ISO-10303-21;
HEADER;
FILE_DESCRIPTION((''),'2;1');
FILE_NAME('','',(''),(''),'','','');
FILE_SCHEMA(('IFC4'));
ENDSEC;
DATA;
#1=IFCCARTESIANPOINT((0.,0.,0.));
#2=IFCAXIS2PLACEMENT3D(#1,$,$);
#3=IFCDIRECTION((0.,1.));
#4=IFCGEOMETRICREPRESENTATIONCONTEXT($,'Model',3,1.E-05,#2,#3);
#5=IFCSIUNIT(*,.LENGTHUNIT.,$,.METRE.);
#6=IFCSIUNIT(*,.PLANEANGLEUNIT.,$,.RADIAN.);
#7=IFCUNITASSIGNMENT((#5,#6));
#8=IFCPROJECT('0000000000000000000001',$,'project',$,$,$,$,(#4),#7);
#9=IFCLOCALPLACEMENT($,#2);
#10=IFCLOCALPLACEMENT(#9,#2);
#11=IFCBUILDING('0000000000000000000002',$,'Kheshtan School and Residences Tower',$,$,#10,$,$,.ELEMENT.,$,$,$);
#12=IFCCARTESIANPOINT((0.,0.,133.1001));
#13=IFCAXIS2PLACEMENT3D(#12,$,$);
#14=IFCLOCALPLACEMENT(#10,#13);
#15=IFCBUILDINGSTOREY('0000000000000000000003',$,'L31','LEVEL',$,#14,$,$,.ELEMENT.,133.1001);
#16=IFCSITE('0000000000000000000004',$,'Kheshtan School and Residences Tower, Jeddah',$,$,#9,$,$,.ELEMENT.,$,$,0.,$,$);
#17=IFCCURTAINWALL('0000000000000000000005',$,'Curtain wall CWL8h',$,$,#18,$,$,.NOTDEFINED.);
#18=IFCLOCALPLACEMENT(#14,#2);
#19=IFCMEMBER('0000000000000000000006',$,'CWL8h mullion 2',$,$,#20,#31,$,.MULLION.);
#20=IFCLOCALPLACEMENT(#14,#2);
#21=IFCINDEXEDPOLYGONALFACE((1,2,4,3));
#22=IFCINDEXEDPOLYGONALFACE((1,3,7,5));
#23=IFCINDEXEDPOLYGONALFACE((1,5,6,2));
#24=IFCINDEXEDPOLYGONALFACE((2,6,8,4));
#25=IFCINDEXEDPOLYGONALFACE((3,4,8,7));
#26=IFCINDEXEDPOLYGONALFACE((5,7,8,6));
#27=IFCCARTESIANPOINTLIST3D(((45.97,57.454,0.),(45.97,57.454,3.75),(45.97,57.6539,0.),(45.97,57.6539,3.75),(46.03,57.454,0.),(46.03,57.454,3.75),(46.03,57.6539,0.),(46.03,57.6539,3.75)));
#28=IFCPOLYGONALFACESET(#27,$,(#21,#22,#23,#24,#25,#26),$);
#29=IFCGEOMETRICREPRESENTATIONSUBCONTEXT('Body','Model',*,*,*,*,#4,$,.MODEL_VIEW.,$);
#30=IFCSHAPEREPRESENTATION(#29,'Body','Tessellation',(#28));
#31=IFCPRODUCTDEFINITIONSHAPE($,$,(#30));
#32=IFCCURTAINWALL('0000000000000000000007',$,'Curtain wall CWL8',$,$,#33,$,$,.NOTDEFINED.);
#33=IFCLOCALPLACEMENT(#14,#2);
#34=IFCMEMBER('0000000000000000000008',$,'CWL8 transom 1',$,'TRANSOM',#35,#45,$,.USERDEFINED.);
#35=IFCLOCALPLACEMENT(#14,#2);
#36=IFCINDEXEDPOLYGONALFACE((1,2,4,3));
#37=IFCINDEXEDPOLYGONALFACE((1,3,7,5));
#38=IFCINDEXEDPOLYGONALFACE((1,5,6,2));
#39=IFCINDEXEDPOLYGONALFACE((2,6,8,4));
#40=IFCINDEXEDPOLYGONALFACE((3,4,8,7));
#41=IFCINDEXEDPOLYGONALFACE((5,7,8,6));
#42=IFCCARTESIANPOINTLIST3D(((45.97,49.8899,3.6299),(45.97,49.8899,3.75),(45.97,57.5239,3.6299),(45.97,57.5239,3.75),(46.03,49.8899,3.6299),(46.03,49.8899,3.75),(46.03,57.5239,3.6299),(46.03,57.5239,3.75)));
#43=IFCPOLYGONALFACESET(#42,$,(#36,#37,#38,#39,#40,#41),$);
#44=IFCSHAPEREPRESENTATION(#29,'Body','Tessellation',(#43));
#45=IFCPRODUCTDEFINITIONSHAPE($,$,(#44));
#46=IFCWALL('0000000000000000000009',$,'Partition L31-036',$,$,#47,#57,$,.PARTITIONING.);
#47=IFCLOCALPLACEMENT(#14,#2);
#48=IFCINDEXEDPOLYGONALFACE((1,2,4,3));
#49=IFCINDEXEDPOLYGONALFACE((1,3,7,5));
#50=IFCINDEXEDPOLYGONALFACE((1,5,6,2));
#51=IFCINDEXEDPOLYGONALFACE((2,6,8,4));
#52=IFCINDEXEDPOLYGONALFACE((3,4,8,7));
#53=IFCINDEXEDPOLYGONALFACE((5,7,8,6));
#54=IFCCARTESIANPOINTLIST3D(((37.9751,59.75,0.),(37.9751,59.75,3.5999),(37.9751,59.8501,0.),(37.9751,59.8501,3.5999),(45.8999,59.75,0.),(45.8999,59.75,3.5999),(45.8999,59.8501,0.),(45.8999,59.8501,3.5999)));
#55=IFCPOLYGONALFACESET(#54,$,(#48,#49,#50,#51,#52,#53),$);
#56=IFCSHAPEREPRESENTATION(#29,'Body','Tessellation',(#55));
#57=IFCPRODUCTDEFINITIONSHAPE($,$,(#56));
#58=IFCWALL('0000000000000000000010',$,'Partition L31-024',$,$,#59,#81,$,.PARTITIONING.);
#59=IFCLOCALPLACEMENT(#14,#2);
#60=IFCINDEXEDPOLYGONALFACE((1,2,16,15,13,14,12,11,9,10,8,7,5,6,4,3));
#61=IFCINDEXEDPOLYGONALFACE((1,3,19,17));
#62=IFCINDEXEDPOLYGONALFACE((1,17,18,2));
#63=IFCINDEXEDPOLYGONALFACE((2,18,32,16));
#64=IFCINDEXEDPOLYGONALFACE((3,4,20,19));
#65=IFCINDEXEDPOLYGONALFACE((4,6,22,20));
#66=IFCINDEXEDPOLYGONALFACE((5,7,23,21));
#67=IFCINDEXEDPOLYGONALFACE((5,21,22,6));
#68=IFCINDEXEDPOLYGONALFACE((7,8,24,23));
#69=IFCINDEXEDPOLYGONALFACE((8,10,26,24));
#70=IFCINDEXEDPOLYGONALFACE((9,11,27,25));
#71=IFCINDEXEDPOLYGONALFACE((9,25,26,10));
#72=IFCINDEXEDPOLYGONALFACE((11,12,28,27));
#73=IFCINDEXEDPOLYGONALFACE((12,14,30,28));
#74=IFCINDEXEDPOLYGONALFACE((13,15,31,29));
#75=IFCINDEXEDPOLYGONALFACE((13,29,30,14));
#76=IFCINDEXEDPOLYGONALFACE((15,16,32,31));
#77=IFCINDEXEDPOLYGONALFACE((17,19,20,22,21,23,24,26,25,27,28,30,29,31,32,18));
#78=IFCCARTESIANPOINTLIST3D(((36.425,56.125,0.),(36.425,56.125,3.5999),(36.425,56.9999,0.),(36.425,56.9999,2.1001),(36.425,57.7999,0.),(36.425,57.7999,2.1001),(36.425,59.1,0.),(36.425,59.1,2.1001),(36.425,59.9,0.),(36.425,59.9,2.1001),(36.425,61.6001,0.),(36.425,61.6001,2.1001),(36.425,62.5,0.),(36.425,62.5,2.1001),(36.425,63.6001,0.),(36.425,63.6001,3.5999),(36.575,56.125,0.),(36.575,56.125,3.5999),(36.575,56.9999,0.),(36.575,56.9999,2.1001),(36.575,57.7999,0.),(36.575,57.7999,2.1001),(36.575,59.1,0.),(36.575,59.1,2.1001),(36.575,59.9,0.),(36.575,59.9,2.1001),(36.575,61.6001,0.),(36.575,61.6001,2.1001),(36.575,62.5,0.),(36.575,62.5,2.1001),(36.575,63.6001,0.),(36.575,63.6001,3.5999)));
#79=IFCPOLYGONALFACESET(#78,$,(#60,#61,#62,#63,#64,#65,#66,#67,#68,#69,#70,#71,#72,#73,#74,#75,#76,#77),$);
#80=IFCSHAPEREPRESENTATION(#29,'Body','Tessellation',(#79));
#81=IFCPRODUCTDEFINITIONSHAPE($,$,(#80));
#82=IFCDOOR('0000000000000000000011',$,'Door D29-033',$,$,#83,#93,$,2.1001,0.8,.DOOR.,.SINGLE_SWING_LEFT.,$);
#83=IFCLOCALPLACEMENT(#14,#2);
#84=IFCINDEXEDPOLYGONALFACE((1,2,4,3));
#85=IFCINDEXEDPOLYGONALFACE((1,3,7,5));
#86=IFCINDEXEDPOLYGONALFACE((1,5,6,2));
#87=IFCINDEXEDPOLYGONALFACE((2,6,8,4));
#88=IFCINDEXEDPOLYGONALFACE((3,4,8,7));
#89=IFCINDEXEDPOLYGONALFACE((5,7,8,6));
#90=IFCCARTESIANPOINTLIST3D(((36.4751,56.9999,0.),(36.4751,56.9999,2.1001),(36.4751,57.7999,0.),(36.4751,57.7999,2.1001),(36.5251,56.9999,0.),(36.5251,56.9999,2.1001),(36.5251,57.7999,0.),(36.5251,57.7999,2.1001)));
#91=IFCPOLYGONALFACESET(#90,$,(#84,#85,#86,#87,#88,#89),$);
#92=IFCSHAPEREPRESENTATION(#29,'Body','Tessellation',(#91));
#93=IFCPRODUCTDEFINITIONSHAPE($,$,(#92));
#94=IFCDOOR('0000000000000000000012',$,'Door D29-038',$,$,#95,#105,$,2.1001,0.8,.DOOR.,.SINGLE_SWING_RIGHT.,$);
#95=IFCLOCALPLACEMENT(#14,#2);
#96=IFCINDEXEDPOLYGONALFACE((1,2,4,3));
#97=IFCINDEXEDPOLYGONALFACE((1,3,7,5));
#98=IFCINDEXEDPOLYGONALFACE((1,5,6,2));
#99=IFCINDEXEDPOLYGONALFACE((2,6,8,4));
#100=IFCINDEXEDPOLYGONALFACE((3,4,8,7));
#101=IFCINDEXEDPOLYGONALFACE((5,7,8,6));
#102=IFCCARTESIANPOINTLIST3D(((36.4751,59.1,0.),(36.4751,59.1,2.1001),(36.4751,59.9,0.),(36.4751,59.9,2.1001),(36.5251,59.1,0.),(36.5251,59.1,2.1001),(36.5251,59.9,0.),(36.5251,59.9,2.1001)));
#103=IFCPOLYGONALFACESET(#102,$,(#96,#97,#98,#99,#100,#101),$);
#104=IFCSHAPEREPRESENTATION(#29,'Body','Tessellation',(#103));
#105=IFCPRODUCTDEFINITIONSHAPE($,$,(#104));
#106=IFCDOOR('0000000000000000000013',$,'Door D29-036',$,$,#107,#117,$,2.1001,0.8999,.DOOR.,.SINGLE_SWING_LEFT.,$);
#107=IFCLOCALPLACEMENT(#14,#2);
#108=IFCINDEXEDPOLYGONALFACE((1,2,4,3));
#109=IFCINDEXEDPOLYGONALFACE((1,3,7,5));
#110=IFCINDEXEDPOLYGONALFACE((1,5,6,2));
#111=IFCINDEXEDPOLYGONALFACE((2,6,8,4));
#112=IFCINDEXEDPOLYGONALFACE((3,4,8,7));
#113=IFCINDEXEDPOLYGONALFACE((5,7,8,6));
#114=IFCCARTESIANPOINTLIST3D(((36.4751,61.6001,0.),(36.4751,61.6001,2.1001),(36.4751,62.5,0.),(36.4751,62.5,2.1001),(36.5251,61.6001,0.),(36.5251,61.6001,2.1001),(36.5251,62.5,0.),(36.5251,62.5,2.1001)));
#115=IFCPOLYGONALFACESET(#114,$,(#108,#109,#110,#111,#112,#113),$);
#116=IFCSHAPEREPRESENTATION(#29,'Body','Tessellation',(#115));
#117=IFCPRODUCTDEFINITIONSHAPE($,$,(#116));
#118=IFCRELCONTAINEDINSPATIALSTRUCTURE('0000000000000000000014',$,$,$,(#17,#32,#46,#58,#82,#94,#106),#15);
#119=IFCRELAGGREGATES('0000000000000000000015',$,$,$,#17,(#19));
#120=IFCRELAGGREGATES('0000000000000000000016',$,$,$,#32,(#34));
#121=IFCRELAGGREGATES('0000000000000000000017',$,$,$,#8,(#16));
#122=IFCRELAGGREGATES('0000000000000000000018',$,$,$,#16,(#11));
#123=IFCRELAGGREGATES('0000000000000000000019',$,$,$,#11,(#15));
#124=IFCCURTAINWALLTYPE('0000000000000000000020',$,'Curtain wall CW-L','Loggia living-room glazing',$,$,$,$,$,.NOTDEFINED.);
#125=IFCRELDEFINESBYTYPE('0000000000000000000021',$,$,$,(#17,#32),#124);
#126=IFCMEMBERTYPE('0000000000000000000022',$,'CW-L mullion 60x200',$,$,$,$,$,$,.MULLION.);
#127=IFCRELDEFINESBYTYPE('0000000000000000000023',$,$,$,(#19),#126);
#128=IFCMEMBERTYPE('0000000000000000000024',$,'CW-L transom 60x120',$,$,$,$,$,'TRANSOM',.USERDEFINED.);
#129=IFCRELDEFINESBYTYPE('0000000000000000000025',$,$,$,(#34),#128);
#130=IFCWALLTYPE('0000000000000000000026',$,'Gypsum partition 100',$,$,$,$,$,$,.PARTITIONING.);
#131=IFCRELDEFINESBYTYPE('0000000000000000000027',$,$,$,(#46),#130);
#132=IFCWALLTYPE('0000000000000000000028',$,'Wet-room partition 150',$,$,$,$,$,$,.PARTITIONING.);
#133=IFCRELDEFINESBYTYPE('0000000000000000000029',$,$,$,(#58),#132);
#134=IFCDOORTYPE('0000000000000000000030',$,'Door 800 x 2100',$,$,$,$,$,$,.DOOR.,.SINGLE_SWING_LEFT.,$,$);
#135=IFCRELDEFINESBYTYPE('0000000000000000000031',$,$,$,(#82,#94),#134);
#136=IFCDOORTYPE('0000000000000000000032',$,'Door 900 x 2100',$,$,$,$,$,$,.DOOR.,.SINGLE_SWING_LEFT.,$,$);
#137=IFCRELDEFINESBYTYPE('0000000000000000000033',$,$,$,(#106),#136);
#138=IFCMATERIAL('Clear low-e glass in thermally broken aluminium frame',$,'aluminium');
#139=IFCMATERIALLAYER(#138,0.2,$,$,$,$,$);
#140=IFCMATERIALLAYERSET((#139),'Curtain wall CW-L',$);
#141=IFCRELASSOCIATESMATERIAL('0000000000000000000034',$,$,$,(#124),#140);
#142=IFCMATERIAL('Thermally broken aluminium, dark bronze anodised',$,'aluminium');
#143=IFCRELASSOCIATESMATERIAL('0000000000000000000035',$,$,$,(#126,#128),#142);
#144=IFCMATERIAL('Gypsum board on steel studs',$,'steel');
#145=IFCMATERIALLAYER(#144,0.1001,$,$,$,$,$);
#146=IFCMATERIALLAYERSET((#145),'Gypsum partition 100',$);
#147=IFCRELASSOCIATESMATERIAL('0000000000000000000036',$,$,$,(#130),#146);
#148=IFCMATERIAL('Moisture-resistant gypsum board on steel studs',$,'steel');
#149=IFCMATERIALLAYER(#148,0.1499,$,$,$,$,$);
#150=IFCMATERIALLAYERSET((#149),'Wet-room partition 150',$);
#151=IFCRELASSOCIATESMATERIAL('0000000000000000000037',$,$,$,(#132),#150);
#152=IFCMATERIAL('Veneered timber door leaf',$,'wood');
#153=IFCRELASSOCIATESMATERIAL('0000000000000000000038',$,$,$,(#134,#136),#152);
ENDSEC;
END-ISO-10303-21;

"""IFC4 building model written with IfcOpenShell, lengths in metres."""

from ifc_helpers import new_model, si_unit, direction, frame, frame_2d, origin, origin_2d, place, context, subcontext, project, spatial, rectangle, extrude, source, transform, mapped, material, layer, layer_set, material_profile, profile_set, type_object, element, fill, aggregate, save


model = new_model("IFC4")

# Units and contexts
model_context = context("Model", 3, precision=1e-05, world=origin(), true_north=direction((0.0, 1.0)))
body_context = subcontext(model_context, "Body", "Model", "MODEL_VIEW")
ifc_project = project(units=[si_unit("LENGTHUNIT", "METRE"), si_unit("PLANEANGLEUNIT", "RADIAN")], contexts=[model_context])

# Site, building, storey
site_placement = place(None, origin())
site = spatial("IfcSite", under=ifc_project, at=site_placement, Name="Kheshtan School and Residences Tower, Jeddah", CompositionType="ELEMENT", RefElevation=0.0)
building_placement = place(site_placement, origin())
building = spatial("IfcBuilding", under=site, at=building_placement, Name="Kheshtan School and Residences Tower", CompositionType="ELEMENT")
storey_placement = place(building_placement, frame((0.0, 0.0, 133.1001)))
storey = spatial("IfcBuildingStorey", under=building, at=storey_placement, Name="L31", Description="LEVEL", CompositionType="ELEMENT", Elevation=133.1001)

# Curtain walls, members
ifc_material_1 = material(Name="Clear low-e glass in thermally broken aluminium frame", Category="aluminium")
ifc_layer_1 = layer(ifc_material_1, 0.2)
ifc_layer_set_1 = layer_set([ifc_layer_1], Name="Curtain wall CW-L")
curtain_wall_type = type_object("IfcCurtainWallType", Name="Curtain wall CW-L", Description="Loggia living-room glazing", PredefinedType="NOTDEFINED", material=ifc_layer_set_1)
curtain_wall_1_placement = place(storey_placement, origin())
curtain_wall_1 = element("IfcCurtainWall", 1, at=curtain_wall_1_placement, inside=storey, type_object=curtain_wall_type, Name="Curtain wall CWL8h", PredefinedType="NOTDEFINED")
ifc_material_2 = material(Name="Thermally broken aluminium, dark bronze anodised", Category="aluminium")
ifc_material_profile_1 = material_profile(ifc_material_2, rectangle(XDim=0.0601, YDim=0.2, at=origin_2d()), Name="CW-L mullion 60x200")
ifc_profile_set_1 = profile_set([ifc_material_profile_1], Name="Thermally broken aluminium, dark bronze anodised")
member_type_1 = type_object("IfcMemberType", Name="CW-L mullion 60x200", PredefinedType="MULLION", material=ifc_profile_set_1)
member_1_placement = place(storey_placement, frame((46.0, 57.554, 0.0), z_axis=(0.0, 0.0, 1.0), x_axis=(1.0, 0.0, 0.0)))
member_1 = element("IfcMember", 2, at=member_1_placement, type_object=member_type_1, Name="CWL8h mullion 2", PredefinedType="MULLION", context=body_context, shape_type="SweptSolid", body=[
    extrude(rectangle(XDim=0.0601, YDim=0.2, at=origin_2d()), origin(), (0.0, 0.0, 1.0), 3.75),
])
aggregate(curtain_wall_1, [member_1])
curtain_wall_2_placement = place(storey_placement, origin())
curtain_wall_2 = element("IfcCurtainWall", 3, at=curtain_wall_2_placement, inside=storey, type_object=curtain_wall_type, Name="Curtain wall CWL8", PredefinedType="NOTDEFINED")
ifc_material_profile_2 = material_profile(ifc_material_2, rectangle(XDim=0.0601, YDim=0.1201, at=origin_2d()), Name="CW-L transom 60x120")
ifc_profile_set_2 = profile_set([ifc_material_profile_2], Name="Thermally broken aluminium, dark bronze anodised")
member_type_2 = type_object("IfcMemberType", Name="CW-L transom 60x120", ElementType="TRANSOM", PredefinedType="USERDEFINED", material=ifc_profile_set_2)
member_2_placement = place(storey_placement, frame((46.0, 57.5239, 3.6899), z_axis=(0.0, -1.0, 0.0), x_axis=(1.0, 0.0, 0.0)))
member_2 = element("IfcMember", 4, at=member_2_placement, type_object=member_type_2, Name="CWL8 transom 1", ObjectType="TRANSOM", PredefinedType="USERDEFINED", context=body_context, shape_type="SweptSolid", body=[
    extrude(rectangle(XDim=0.0601, YDim=0.1201, at=origin_2d()), origin(), (0.0, 0.0, 1.0), 7.634),
])
aggregate(curtain_wall_2, [member_2])

# Wall
ifc_material_3 = material(Name="Gypsum board on steel studs", Category="steel")
ifc_layer_2 = layer(ifc_material_3, 0.1001)
ifc_layer_set_2 = layer_set([ifc_layer_2], Name="Gypsum partition 100")
wall_type_1 = type_object("IfcWallType", Name="Gypsum partition 100", PredefinedType="PARTITIONING", material=ifc_layer_set_2)
wall_1_placement = place(storey_placement, frame((37.9751, 59.8, 0.0), z_axis=(0.0, 0.0, 1.0), x_axis=(1.0, 0.0, 0.0)))
element("IfcWall", 5, at=wall_1_placement, inside=storey, type_object=wall_type_1, Name="Partition L31-036", PredefinedType="PARTITIONING", context=body_context, shape_type="SweptSolid", body=[
    extrude(rectangle(XDim=7.9248, YDim=0.1001, at=frame_2d((3.9624, 0.0))), origin(), (0.0, 0.0, 1.0), 3.5999),
])

# Wall, openings, doors
ifc_material_4 = material(Name="Moisture-resistant gypsum board on steel studs", Category="steel")
ifc_layer_3 = layer(ifc_material_4, 0.1499)
ifc_layer_set_3 = layer_set([ifc_layer_3], Name="Wet-room partition 150")
wall_type_2 = type_object("IfcWallType", Name="Wet-room partition 150", PredefinedType="PARTITIONING", material=ifc_layer_set_3)
wall_2_placement = place(storey_placement, frame((36.5, 56.125, 0.0), z_axis=(0.0, 0.0, 1.0), x_axis=(0.0, 1.0, 0.0)))
wall_2 = element("IfcWall", 6, at=wall_2_placement, inside=storey, type_object=wall_type_2, Name="Partition L31-024", PredefinedType="PARTITIONING", context=body_context, shape_type="SweptSolid", body=[
    extrude(rectangle(XDim=7.4751, YDim=0.1499, at=frame_2d((3.7375, 0.0))), origin(), (0.0, 0.0, 1.0), 3.5999),
])
opening_1_placement = place(wall_2_placement, frame((0.875, 0.0, 0.0)))
opening_1 = element("IfcOpeningElement", 7, at=opening_1_placement, cuts=wall_2, PredefinedType="OPENING", context=body_context, shape_type="SweptSolid", body=[
    extrude(rectangle(XDim=0.8, YDim=2.1001, at=frame_2d((0.3999, 1.05))), frame((0.0, 0.085, 0.0), z_axis=(0.0, -1.0, 0.0), x_axis=(1.0, 0.0, 0.0)), (0.0, 0.0, 1.0), 0.1699),
])
opening_2_placement = place(wall_2_placement, frame((5.4751, 0.0, 0.0)))
opening_2 = element("IfcOpeningElement", 8, at=opening_2_placement, cuts=wall_2, PredefinedType="OPENING", context=body_context, shape_type="SweptSolid", body=[
    extrude(rectangle(XDim=0.8999, YDim=2.1001, at=frame_2d((0.45, 1.05))), frame((0.0, 0.085, 0.0), z_axis=(0.0, -1.0, 0.0), x_axis=(1.0, 0.0, 0.0)), (0.0, 0.0, 1.0), 0.1699),
])
opening_3_placement = place(wall_2_placement, frame((2.9751, 0.0, 0.0)))
opening_3 = element("IfcOpeningElement", 9, at=opening_3_placement, cuts=wall_2, PredefinedType="OPENING", context=body_context, shape_type="SweptSolid", body=[
    extrude(rectangle(XDim=0.8, YDim=2.1001, at=frame_2d((0.3999, 1.05))), frame((0.0, 0.085, 0.0), z_axis=(0.0, -1.0, 0.0), x_axis=(1.0, 0.0, 0.0)), (0.0, 0.0, 1.0), 0.1699),
])
ifc_material_5 = material(Name="Veneered timber door leaf", Category="wood")
door_type_1 = type_object("IfcDoorType", Name="Door 800 x 2100", OperationType="SINGLE_SWING_LEFT", PredefinedType="DOOR", material=ifc_material_5)
shared_shape_1 = source(origin(), body_context, "Body", "SweptSolid", [
    extrude(rectangle(XDim=0.8, YDim=2.1001, at=frame_2d((0.3999, 1.05))), frame((0.0, 0.0249, 0.0), z_axis=(0.0, -1.0, 0.0), x_axis=(1.0, 0.0, 0.0)), (0.0, 0.0, 1.0), 0.05),
])
door_1_placement = place(opening_1_placement, origin())
door_1 = element("IfcDoor", 10, at=door_1_placement, inside=storey, type_object=door_type_1, Name="Door D29-033", OperationType="SINGLE_SWING_LEFT", OverallHeight=2.1001, OverallWidth=0.8, PredefinedType="DOOR", context=body_context, shape_type="MappedRepresentation", body=[
    mapped(shared_shape_1, transform((0.0, 0.0, 0.0), x_axis=(1.0, 0.0, 0.0), y_axis=(0.0, 1.0, 0.0), z_axis=(0.0, 0.0, 1.0), scale=1.0)),
])
fill(opening_1, door_1)
door_2_placement = place(opening_3_placement, origin())
door_2 = element("IfcDoor", 11, at=door_2_placement, inside=storey, type_object=door_type_1, Name="Door D29-038", OperationType="SINGLE_SWING_RIGHT", OverallHeight=2.1001, OverallWidth=0.8, PredefinedType="DOOR", context=body_context, shape_type="MappedRepresentation", body=[
    mapped(shared_shape_1, transform((0.0, 0.0, 0.0), x_axis=(1.0, 0.0, 0.0), y_axis=(0.0, 1.0, 0.0), z_axis=(0.0, 0.0, 1.0), scale=1.0)),
])
fill(opening_3, door_2)
door_type_2 = type_object("IfcDoorType", Name="Door 900 x 2100", OperationType="SINGLE_SWING_LEFT", PredefinedType="DOOR", material=ifc_material_5)
shared_shape_2 = source(origin(), body_context, "Body", "SweptSolid", [
    extrude(rectangle(XDim=0.8999, YDim=2.1001, at=frame_2d((0.45, 1.05))), frame((0.0, 0.0249, 0.0), z_axis=(0.0, -1.0, 0.0), x_axis=(1.0, 0.0, 0.0)), (0.0, 0.0, 1.0), 0.05),
])
door_3_placement = place(opening_2_placement, origin())
door_3 = element("IfcDoor", 12, at=door_3_placement, inside=storey, type_object=door_type_2, Name="Door D29-036", OperationType="SINGLE_SWING_LEFT", OverallHeight=2.1001, OverallWidth=0.8999, PredefinedType="DOOR", context=body_context, shape_type="MappedRepresentation", body=[
    mapped(shared_shape_2, transform((0.0, 0.0, 0.0), x_axis=(1.0, 0.0, 0.0), y_axis=(0.0, 1.0, 0.0), z_axis=(0.0, 0.0, 1.0), scale=1.0)),
])
fill(opening_2, door_3)

save(model, "model.ifc")
